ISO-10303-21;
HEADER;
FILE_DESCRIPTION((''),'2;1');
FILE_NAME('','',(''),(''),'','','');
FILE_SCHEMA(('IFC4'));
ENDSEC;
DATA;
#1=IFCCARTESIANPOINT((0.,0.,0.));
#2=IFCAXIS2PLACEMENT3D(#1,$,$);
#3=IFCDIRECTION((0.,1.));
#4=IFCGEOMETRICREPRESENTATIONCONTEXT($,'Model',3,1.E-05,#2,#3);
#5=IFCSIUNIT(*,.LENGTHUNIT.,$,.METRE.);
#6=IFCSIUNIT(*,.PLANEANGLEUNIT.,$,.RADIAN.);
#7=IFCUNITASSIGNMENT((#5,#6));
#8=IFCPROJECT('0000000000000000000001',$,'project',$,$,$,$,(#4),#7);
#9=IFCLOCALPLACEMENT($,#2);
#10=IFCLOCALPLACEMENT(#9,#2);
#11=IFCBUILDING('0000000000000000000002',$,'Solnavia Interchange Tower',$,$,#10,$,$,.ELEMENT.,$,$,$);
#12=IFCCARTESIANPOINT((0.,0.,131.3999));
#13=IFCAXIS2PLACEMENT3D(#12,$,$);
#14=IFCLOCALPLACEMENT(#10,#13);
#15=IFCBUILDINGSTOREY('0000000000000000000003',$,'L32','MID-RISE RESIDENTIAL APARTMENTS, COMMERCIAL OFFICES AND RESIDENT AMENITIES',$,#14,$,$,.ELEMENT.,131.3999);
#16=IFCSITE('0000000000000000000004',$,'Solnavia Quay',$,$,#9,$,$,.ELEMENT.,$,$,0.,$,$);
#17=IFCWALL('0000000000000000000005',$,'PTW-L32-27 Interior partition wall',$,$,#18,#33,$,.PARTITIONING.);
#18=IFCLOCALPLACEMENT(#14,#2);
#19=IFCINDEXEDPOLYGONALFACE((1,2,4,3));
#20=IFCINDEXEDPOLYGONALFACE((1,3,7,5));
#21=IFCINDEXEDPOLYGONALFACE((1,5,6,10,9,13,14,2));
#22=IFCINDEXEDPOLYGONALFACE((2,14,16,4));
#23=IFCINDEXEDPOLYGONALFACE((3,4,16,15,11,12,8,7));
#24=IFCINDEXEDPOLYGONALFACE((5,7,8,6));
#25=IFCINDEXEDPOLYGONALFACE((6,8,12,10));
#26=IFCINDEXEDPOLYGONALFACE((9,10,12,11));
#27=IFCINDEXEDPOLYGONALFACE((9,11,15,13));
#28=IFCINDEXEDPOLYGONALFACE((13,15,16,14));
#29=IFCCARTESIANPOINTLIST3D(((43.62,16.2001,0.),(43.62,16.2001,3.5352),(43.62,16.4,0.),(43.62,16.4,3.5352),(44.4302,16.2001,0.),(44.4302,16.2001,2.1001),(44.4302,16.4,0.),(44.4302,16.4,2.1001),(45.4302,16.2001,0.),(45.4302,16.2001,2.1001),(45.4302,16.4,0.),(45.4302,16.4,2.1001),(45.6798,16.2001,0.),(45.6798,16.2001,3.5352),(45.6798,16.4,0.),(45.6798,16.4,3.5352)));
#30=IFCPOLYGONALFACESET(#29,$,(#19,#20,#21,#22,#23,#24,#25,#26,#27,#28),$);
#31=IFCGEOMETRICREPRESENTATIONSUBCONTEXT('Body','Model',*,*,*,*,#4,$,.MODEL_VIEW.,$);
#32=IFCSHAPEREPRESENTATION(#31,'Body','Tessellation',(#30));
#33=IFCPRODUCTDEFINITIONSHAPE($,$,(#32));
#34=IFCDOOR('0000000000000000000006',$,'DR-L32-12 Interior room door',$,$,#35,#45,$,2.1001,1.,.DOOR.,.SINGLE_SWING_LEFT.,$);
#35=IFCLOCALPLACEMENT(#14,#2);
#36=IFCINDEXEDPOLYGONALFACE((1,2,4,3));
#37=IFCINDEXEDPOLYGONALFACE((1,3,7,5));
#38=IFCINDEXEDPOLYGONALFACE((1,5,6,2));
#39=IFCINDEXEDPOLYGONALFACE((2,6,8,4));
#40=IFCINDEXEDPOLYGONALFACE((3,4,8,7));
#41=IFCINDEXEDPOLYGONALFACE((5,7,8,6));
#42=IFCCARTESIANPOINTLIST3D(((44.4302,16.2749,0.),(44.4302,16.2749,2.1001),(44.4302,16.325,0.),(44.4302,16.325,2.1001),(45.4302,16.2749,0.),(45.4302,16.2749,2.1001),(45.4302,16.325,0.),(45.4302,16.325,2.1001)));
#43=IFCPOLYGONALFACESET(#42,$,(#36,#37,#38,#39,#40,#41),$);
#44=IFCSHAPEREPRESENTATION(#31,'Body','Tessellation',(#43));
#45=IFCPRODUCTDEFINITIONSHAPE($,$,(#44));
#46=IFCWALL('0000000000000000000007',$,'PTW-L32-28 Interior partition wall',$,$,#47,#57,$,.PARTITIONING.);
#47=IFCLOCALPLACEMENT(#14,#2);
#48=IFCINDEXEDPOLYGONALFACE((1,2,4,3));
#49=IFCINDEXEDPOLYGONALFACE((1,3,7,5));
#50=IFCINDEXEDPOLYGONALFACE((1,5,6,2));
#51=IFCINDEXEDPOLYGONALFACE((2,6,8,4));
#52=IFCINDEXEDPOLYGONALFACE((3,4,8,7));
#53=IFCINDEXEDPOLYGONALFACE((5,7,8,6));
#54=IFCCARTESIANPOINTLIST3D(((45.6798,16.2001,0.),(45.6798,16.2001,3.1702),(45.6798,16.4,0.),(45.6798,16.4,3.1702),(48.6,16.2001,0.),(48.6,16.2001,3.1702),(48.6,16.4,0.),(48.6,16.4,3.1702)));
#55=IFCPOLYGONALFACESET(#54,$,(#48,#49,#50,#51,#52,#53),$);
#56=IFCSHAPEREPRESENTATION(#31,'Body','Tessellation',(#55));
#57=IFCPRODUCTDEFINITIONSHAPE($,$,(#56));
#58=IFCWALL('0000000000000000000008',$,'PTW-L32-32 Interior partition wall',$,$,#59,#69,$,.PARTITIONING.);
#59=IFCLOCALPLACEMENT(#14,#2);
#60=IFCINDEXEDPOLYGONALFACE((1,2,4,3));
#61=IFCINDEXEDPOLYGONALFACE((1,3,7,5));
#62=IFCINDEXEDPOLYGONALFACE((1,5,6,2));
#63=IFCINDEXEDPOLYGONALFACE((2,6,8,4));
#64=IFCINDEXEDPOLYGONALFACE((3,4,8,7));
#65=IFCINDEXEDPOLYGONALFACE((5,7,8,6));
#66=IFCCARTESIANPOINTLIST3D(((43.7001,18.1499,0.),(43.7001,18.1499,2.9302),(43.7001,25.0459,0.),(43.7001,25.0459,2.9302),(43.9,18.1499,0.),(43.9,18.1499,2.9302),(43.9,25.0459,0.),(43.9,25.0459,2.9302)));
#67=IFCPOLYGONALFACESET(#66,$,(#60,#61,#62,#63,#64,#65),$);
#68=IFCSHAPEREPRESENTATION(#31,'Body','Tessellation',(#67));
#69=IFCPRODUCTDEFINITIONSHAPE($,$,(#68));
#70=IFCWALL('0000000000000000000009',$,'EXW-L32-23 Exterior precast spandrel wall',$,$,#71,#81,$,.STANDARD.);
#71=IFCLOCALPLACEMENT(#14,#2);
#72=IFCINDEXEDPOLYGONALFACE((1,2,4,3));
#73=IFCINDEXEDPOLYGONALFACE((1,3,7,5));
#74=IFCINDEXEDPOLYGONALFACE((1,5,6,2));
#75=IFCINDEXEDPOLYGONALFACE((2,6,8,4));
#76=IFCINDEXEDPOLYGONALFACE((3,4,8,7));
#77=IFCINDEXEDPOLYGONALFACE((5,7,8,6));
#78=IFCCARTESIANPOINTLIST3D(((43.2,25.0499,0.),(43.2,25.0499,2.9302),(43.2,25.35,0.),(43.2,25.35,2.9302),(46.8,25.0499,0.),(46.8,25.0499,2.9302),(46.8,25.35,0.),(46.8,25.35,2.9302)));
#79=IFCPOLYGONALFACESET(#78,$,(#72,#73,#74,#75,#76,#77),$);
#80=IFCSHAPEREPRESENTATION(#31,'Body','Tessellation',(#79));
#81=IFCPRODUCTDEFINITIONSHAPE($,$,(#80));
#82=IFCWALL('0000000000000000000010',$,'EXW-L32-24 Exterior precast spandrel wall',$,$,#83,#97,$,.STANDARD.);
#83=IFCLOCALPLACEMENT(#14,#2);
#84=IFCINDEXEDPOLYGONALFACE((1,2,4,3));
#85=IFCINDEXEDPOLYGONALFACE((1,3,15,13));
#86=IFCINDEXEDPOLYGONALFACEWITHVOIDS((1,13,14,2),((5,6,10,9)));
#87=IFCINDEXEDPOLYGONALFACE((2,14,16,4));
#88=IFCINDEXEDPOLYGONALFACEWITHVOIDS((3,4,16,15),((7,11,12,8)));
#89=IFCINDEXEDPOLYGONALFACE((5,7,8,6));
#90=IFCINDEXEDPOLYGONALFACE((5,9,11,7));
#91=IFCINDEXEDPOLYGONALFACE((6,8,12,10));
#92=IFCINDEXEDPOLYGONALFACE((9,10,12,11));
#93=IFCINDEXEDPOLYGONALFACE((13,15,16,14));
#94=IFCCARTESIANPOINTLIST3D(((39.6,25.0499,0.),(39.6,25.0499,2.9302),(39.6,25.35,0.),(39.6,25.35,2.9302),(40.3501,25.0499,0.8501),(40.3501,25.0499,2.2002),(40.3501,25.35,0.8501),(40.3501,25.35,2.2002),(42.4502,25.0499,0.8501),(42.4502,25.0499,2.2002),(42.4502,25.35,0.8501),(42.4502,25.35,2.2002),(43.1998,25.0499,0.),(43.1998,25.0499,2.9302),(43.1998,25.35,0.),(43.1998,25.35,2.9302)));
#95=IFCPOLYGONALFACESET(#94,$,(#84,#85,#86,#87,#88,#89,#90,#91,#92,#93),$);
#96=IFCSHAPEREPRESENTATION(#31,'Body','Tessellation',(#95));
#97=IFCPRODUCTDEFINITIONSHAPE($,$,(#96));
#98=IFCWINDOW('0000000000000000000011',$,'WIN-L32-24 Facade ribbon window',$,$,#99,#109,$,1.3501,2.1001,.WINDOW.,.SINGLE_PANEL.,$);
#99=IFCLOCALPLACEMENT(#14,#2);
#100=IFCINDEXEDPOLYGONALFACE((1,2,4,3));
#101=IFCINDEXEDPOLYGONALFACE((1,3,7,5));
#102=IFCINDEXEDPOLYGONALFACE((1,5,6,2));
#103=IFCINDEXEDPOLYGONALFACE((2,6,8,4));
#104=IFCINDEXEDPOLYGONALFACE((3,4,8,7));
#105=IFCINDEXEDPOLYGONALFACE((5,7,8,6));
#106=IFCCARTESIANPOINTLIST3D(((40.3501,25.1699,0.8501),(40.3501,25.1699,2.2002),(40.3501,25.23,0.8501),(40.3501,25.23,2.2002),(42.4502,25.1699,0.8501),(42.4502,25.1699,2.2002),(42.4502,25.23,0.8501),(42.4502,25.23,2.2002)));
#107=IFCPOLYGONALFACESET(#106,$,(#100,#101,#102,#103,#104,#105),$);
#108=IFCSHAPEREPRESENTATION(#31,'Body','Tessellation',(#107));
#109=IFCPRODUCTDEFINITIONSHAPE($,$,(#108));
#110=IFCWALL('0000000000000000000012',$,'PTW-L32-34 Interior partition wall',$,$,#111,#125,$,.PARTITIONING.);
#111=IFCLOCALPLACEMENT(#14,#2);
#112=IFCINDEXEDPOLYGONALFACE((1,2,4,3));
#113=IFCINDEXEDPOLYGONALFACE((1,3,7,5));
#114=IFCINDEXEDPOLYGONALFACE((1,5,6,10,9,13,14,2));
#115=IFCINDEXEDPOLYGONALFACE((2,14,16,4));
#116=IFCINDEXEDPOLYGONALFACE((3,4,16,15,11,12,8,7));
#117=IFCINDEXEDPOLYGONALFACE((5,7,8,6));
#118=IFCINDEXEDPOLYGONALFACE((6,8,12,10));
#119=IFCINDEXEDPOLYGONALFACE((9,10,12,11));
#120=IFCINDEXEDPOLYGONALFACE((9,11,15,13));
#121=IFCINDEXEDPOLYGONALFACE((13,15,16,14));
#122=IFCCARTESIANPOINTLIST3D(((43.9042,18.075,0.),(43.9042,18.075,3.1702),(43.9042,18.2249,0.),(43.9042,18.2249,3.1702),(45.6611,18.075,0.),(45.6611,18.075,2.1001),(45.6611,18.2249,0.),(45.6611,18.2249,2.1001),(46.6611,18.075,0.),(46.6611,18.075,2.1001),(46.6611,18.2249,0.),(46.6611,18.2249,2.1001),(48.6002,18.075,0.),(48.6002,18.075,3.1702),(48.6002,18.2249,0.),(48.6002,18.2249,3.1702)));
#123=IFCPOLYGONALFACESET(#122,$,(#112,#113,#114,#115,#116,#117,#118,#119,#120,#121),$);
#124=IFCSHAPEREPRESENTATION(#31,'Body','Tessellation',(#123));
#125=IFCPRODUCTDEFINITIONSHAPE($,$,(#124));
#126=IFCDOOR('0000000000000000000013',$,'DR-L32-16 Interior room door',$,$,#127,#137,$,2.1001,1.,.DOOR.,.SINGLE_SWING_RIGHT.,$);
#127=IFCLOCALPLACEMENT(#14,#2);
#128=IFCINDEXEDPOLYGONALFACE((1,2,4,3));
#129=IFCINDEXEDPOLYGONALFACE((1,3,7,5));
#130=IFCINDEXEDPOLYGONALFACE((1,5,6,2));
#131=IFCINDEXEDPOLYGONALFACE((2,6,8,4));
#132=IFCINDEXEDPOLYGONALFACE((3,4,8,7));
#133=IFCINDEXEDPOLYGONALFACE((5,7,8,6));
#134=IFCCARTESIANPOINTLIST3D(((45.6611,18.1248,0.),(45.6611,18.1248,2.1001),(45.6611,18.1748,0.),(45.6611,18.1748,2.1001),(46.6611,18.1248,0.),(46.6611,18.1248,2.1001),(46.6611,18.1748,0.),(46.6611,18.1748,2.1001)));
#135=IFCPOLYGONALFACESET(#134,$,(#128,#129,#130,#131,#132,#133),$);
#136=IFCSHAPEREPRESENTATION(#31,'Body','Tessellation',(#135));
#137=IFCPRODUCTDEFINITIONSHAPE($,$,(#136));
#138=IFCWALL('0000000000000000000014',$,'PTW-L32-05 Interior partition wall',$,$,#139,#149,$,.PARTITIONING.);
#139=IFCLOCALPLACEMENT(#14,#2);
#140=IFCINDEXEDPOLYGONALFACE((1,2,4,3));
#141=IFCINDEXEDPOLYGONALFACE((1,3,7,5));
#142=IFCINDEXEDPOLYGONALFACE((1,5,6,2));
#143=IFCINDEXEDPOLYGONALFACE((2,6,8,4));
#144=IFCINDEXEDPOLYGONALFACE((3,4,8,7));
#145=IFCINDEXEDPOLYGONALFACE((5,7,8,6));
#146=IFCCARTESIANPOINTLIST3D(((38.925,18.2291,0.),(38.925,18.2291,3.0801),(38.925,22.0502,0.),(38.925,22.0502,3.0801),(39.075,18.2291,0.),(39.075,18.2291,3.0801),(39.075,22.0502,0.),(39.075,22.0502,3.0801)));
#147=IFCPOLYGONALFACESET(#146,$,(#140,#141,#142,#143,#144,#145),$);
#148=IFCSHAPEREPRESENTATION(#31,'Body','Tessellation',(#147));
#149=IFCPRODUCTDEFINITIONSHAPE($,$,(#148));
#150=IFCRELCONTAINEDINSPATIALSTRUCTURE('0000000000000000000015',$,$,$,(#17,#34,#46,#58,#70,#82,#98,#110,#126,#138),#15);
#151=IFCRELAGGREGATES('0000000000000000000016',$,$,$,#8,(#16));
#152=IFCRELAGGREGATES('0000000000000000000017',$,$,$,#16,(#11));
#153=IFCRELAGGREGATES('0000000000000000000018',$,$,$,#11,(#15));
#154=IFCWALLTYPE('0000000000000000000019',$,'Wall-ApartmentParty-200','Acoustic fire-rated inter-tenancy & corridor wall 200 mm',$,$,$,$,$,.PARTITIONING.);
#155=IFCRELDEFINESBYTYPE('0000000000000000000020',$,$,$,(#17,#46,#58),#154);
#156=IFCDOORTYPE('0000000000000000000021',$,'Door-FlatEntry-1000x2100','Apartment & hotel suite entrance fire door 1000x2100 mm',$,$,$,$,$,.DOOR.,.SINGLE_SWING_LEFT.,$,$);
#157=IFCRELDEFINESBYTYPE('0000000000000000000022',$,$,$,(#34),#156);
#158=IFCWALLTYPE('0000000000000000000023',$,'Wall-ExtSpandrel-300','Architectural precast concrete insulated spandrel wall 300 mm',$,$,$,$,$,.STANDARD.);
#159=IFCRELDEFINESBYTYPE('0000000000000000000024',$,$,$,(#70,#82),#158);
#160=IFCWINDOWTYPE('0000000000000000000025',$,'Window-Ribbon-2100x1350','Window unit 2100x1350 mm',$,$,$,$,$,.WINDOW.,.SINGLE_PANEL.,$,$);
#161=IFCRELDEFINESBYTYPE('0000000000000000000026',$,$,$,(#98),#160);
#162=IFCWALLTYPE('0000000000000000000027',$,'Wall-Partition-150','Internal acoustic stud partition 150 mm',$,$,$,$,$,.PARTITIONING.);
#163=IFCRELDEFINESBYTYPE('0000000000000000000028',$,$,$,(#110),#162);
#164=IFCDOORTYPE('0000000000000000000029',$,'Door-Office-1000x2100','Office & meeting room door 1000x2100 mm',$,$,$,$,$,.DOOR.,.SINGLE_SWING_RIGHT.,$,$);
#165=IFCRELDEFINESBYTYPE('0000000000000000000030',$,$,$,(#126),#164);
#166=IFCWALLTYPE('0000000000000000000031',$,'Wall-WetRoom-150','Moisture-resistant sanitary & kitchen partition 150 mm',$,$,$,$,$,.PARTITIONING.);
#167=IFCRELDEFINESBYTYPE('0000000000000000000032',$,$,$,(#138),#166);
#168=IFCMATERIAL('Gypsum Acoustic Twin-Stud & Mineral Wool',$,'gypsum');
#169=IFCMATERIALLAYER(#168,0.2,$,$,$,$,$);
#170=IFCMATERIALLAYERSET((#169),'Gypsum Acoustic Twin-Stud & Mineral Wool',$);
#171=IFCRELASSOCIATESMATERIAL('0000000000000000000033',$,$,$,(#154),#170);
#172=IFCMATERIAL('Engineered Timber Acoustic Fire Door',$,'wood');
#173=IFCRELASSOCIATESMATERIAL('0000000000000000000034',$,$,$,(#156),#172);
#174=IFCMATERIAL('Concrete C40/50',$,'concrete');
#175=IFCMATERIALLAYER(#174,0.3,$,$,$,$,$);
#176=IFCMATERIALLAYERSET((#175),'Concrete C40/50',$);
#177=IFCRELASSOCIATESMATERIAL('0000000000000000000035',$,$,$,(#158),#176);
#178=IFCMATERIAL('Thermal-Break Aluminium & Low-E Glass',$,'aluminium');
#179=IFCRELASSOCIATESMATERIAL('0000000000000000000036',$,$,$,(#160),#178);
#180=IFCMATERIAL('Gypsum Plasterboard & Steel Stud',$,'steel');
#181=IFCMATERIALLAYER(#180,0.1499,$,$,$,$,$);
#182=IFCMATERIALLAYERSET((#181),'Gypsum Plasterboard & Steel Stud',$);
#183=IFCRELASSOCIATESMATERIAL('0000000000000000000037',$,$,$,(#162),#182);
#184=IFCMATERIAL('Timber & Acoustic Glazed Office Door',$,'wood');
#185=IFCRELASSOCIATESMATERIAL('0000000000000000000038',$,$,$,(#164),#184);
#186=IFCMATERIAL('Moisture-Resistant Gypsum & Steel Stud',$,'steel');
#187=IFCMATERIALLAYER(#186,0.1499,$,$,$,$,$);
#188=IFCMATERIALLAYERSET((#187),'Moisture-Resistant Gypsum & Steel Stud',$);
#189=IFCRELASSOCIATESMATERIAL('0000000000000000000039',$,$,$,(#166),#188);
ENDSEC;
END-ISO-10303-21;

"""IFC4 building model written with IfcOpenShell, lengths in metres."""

from ifc_helpers import new_model, si_unit, direction, frame, frame_2d, origin, place, context, subcontext, project, spatial, rectangle, extrude, material, layer, layer_set, type_object, element, fill, save


model = new_model("IFC4")

# Units and contexts
model_context = context("Model", 3, precision=1e-05, world=origin(), true_north=direction((0.0, 1.0)))
body_context = subcontext(model_context, "Body", "Model", "MODEL_VIEW")
ifc_project = project(units=[si_unit("LENGTHUNIT", "METRE"), si_unit("PLANEANGLEUNIT", "RADIAN")], contexts=[model_context])

# Site, building, storey
site_placement = place(None, origin())
site = spatial("IfcSite", under=ifc_project, at=site_placement, Name="Solnavia Quay", CompositionType="ELEMENT", RefElevation=0.0)
building_placement = place(site_placement, origin())
building = spatial("IfcBuilding", under=site, at=building_placement, Name="Solnavia Interchange Tower", CompositionType="ELEMENT")
storey_placement = place(building_placement, frame((0.0, 0.0, 131.3999)))
storey = spatial("IfcBuildingStorey", under=building, at=storey_placement, Name="L32", Description="MID-RISE RESIDENTIAL APARTMENTS, COMMERCIAL OFFICES AND RESIDENT AMENITIES", CompositionType="ELEMENT", Elevation=131.3999)

# Shared definitions
ifc_material_1 = material(Name="Gypsum Acoustic Twin-Stud & Mineral Wool", Category="gypsum")
ifc_layer_1 = layer(ifc_material_1, 0.2)
ifc_layer_set_1 = layer_set([ifc_layer_1], Name="Gypsum Acoustic Twin-Stud & Mineral Wool")
wall_type_1 = type_object("IfcWallType", Name="Wall-ApartmentParty-200", Description="Acoustic fire-rated inter-tenancy & corridor wall 200 mm", PredefinedType="PARTITIONING", material=ifc_layer_set_1)

# Wall, opening, door
wall_1_placement = place(storey_placement, frame((43.6201, 16.3, 0.0), z_axis=(0.0, 0.0, 1.0), x_axis=(1.0, 0.0, 0.0)))
wall_1 = element("IfcWall", 1, at=wall_1_placement, inside=storey, type_object=wall_type_1, Name="PTW-L32-27 Interior partition wall", PredefinedType="PARTITIONING", context=body_context, shape_type="SweptSolid", body=[
    extrude(rectangle(XDim=2.0598, YDim=0.2, at=frame_2d((1.0298, 0.0))), origin(), (0.0, 0.0, 1.0), 3.5352),
])
opening_1_placement = place(wall_1_placement, frame((0.8101, 0.0, 0.0)))
opening_1 = element("IfcOpeningElement", 2, at=opening_1_placement, cuts=wall_1, PredefinedType="OPENING", context=body_context, shape_type="SweptSolid", body=[
    extrude(rectangle(XDim=1.0, YDim=2.1001, at=frame_2d((0.5, 1.05))), frame((0.0, 0.1099, 0.0), z_axis=(0.0, -1.0, 0.0), x_axis=(1.0, 0.0, 0.0)), (0.0, 0.0, 1.0), 0.22),
])
ifc_material_2 = material(Name="Engineered Timber Acoustic Fire Door", Category="wood")
door_type_1 = type_object("IfcDoorType", Name="Door-FlatEntry-1000x2100", Description="Apartment & hotel suite entrance fire door 1000x2100 mm", OperationType="SINGLE_SWING_LEFT", PredefinedType="DOOR", material=ifc_material_2)
door_1_placement = place(opening_1_placement, origin())
door_1 = element("IfcDoor", 3, at=door_1_placement, inside=storey, type_object=door_type_1, Name="DR-L32-12 Interior room door", OperationType="SINGLE_SWING_LEFT", OverallHeight=2.1001, OverallWidth=1.0, PredefinedType="DOOR", context=body_context, shape_type="SweptSolid", body=[
    extrude(rectangle(XDim=1.0, YDim=2.1001, at=frame_2d((0.5, 1.05))), frame((0.0, 0.0249, 0.0), z_axis=(0.0, -1.0, 0.0), x_axis=(1.0, 0.0, 0.0)), (0.0, 0.0, 1.0), 0.05),
])
fill(opening_1, door_1)

# Walls
wall_2_placement = place(storey_placement, frame((45.6799, 16.3, 0.0), z_axis=(0.0, 0.0, 1.0), x_axis=(1.0, 0.0, 0.0)))
element("IfcWall", 4, at=wall_2_placement, inside=storey, type_object=wall_type_1, Name="PTW-L32-28 Interior partition wall", PredefinedType="PARTITIONING", context=body_context, shape_type="SweptSolid", body=[
    extrude(rectangle(XDim=2.9202, YDim=0.2, at=frame_2d((1.46, 0.0))), origin(), (0.0, 0.0, 1.0), 3.1702),
])
wall_3_placement = place(storey_placement, frame((43.8, 18.1499, 0.0), z_axis=(0.0, 0.0, 1.0), x_axis=(0.0, 1.0, 0.0)))
element("IfcWall", 5, at=wall_3_placement, inside=storey, type_object=wall_type_1, Name="PTW-L32-32 Interior partition wall", PredefinedType="PARTITIONING", context=body_context, shape_type="SweptSolid", body=[
    extrude(rectangle(XDim=6.896, YDim=0.2, at=frame_2d((3.448, 0.0))), origin(), (0.0, 0.0, 1.0), 2.9302),
])
ifc_material_3 = material(Name="Concrete C40/50", Category="concrete")
ifc_layer_2 = layer(ifc_material_3, 0.3)
ifc_layer_set_2 = layer_set([ifc_layer_2], Name="Concrete C40/50")
wall_type_2 = type_object("IfcWallType", Name="Wall-ExtSpandrel-300", Description="Architectural precast concrete insulated spandrel wall 300 mm", PredefinedType="STANDARD", material=ifc_layer_set_2)
wall_4_placement = place(storey_placement, frame((43.2, 25.2, 0.0), z_axis=(0.0, 0.0, 1.0), x_axis=(1.0, 0.0, 0.0)))
element("IfcWall", 6, at=wall_4_placement, inside=storey, type_object=wall_type_2, Name="EXW-L32-23 Exterior precast spandrel wall", PredefinedType="STANDARD", context=body_context, shape_type="SweptSolid", body=[
    extrude(rectangle(XDim=3.6001, YDim=0.3, at=frame_2d((1.8, 0.0))), origin(), (0.0, 0.0, 1.0), 2.9302),
])

# Wall, opening, window
wall_5_placement = place(storey_placement, frame((39.6001, 25.2, 0.0), z_axis=(0.0, 0.0, 1.0), x_axis=(1.0, 0.0, 0.0)))
wall_5 = element("IfcWall", 7, at=wall_5_placement, inside=storey, type_object=wall_type_2, Name="EXW-L32-24 Exterior precast spandrel wall", PredefinedType="STANDARD", context=body_context, shape_type="SweptSolid", body=[
    extrude(rectangle(XDim=3.5999, YDim=0.3, at=frame_2d((1.7998, 0.0))), origin(), (0.0, 0.0, 1.0), 2.9302),
])
opening_2_placement = place(wall_5_placement, frame((0.75, 0.0, 0.8501)))
opening_2 = element("IfcOpeningElement", 8, at=opening_2_placement, cuts=wall_5, PredefinedType="OPENING", context=body_context, shape_type="SweptSolid", body=[
    extrude(rectangle(XDim=2.1001, YDim=1.3501, at=frame_2d((1.05, 0.675))), frame((0.0, 0.1602, 0.0), z_axis=(0.0, -1.0, 0.0), x_axis=(1.0, 0.0, 0.0)), (0.0, 0.0, 1.0), 0.3201),
])
ifc_material_4 = material(Name="Thermal-Break Aluminium & Low-E Glass", Category="aluminium")
window_type = type_object("IfcWindowType", Name="Window-Ribbon-2100x1350", Description="Window unit 2100x1350 mm", PartitioningType="SINGLE_PANEL", PredefinedType="WINDOW", material=ifc_material_4)
window_placement = place(opening_2_placement, origin())
window = element("IfcWindow", 9, at=window_placement, inside=storey, type_object=window_type, Name="WIN-L32-24 Facade ribbon window", OverallHeight=1.3501, OverallWidth=2.1001, PartitioningType="SINGLE_PANEL", PredefinedType="WINDOW", context=body_context, shape_type="SweptSolid", body=[
    extrude(rectangle(XDim=2.1001, YDim=1.3501, at=frame_2d((1.05, 0.675))), frame((0.0, 0.03, 0.0), z_axis=(0.0, -1.0, 0.0), x_axis=(1.0, 0.0, 0.0)), (0.0, 0.0, 1.0), 0.0601),
])
fill(opening_2, window)

# Wall, opening, door
ifc_material_5 = material(Name="Gypsum Plasterboard & Steel Stud", Category="steel")
ifc_layer_3 = layer(ifc_material_5, 0.1499)
ifc_layer_set_3 = layer_set([ifc_layer_3], Name="Gypsum Plasterboard & Steel Stud")
wall_type_3 = type_object("IfcWallType", Name="Wall-Partition-150", Description="Internal acoustic stud partition 150 mm", PredefinedType="PARTITIONING", material=ifc_layer_set_3)
wall_6_placement = place(storey_placement, frame((43.9041, 18.1499, 0.0), z_axis=(0.0, 0.0, 1.0), x_axis=(1.0, 0.0, 0.0)))
wall_6 = element("IfcWall", 10, at=wall_6_placement, inside=storey, type_object=wall_type_3, Name="PTW-L32-34 Interior partition wall", PredefinedType="PARTITIONING", context=body_context, shape_type="SweptSolid", body=[
    extrude(rectangle(XDim=4.696, YDim=0.1499, at=frame_2d((2.3481, 0.0))), origin(), (0.0, 0.0, 1.0), 3.1702),
])
opening_3_placement = place(wall_6_placement, frame((1.7571, 0.0, 0.0)))
opening_3 = element("IfcOpeningElement", 11, at=opening_3_placement, cuts=wall_6, PredefinedType="OPENING", context=body_context, shape_type="SweptSolid", body=[
    extrude(rectangle(XDim=1.0, YDim=2.1001, at=frame_2d((0.5, 1.05))), frame((0.0, 0.085, 0.0), z_axis=(0.0, -1.0, 0.0), x_axis=(1.0, 0.0, 0.0)), (0.0, 0.0, 1.0), 0.1699),
])
ifc_material_6 = material(Name="Timber & Acoustic Glazed Office Door", Category="wood")
door_type_2 = type_object("IfcDoorType", Name="Door-Office-1000x2100", Description="Office & meeting room door 1000x2100 mm", OperationType="SINGLE_SWING_RIGHT", PredefinedType="DOOR", material=ifc_material_6)
door_2_placement = place(opening_3_placement, origin())
door_2 = element("IfcDoor", 12, at=door_2_placement, inside=storey, type_object=door_type_2, Name="DR-L32-16 Interior room door", OperationType="SINGLE_SWING_RIGHT", OverallHeight=2.1001, OverallWidth=1.0, PredefinedType="DOOR", context=body_context, shape_type="SweptSolid", body=[
    extrude(rectangle(XDim=1.0, YDim=2.1001, at=frame_2d((0.5, 1.05))), frame((0.0, 0.0249, 0.0), z_axis=(0.0, -1.0, 0.0), x_axis=(1.0, 0.0, 0.0)), (0.0, 0.0, 1.0), 0.05),
])
fill(opening_3, door_2)

# Wall
ifc_material_7 = material(Name="Moisture-Resistant Gypsum & Steel Stud", Category="steel")
ifc_layer_4 = layer(ifc_material_7, 0.1499)
ifc_layer_set_4 = layer_set([ifc_layer_4], Name="Moisture-Resistant Gypsum & Steel Stud")
wall_type_4 = type_object("IfcWallType", Name="Wall-WetRoom-150", Description="Moisture-resistant sanitary & kitchen partition 150 mm", PredefinedType="PARTITIONING", material=ifc_layer_set_4)
wall_7_placement = place(storey_placement, frame((39.0, 18.229, 0.0), z_axis=(0.0, 0.0, 1.0), x_axis=(0.0, 1.0, 0.0)))
element("IfcWall", 13, at=wall_7_placement, inside=storey, type_object=wall_type_4, Name="PTW-L32-05 Interior partition wall", PredefinedType="PARTITIONING", context=body_context, shape_type="SweptSolid", body=[
    extrude(rectangle(XDim=3.821, YDim=0.1499, at=frame_2d((1.9106, 0.0))), origin(), (0.0, 0.0, 1.0), 3.0801),
])

save(model, "model.ifc")
